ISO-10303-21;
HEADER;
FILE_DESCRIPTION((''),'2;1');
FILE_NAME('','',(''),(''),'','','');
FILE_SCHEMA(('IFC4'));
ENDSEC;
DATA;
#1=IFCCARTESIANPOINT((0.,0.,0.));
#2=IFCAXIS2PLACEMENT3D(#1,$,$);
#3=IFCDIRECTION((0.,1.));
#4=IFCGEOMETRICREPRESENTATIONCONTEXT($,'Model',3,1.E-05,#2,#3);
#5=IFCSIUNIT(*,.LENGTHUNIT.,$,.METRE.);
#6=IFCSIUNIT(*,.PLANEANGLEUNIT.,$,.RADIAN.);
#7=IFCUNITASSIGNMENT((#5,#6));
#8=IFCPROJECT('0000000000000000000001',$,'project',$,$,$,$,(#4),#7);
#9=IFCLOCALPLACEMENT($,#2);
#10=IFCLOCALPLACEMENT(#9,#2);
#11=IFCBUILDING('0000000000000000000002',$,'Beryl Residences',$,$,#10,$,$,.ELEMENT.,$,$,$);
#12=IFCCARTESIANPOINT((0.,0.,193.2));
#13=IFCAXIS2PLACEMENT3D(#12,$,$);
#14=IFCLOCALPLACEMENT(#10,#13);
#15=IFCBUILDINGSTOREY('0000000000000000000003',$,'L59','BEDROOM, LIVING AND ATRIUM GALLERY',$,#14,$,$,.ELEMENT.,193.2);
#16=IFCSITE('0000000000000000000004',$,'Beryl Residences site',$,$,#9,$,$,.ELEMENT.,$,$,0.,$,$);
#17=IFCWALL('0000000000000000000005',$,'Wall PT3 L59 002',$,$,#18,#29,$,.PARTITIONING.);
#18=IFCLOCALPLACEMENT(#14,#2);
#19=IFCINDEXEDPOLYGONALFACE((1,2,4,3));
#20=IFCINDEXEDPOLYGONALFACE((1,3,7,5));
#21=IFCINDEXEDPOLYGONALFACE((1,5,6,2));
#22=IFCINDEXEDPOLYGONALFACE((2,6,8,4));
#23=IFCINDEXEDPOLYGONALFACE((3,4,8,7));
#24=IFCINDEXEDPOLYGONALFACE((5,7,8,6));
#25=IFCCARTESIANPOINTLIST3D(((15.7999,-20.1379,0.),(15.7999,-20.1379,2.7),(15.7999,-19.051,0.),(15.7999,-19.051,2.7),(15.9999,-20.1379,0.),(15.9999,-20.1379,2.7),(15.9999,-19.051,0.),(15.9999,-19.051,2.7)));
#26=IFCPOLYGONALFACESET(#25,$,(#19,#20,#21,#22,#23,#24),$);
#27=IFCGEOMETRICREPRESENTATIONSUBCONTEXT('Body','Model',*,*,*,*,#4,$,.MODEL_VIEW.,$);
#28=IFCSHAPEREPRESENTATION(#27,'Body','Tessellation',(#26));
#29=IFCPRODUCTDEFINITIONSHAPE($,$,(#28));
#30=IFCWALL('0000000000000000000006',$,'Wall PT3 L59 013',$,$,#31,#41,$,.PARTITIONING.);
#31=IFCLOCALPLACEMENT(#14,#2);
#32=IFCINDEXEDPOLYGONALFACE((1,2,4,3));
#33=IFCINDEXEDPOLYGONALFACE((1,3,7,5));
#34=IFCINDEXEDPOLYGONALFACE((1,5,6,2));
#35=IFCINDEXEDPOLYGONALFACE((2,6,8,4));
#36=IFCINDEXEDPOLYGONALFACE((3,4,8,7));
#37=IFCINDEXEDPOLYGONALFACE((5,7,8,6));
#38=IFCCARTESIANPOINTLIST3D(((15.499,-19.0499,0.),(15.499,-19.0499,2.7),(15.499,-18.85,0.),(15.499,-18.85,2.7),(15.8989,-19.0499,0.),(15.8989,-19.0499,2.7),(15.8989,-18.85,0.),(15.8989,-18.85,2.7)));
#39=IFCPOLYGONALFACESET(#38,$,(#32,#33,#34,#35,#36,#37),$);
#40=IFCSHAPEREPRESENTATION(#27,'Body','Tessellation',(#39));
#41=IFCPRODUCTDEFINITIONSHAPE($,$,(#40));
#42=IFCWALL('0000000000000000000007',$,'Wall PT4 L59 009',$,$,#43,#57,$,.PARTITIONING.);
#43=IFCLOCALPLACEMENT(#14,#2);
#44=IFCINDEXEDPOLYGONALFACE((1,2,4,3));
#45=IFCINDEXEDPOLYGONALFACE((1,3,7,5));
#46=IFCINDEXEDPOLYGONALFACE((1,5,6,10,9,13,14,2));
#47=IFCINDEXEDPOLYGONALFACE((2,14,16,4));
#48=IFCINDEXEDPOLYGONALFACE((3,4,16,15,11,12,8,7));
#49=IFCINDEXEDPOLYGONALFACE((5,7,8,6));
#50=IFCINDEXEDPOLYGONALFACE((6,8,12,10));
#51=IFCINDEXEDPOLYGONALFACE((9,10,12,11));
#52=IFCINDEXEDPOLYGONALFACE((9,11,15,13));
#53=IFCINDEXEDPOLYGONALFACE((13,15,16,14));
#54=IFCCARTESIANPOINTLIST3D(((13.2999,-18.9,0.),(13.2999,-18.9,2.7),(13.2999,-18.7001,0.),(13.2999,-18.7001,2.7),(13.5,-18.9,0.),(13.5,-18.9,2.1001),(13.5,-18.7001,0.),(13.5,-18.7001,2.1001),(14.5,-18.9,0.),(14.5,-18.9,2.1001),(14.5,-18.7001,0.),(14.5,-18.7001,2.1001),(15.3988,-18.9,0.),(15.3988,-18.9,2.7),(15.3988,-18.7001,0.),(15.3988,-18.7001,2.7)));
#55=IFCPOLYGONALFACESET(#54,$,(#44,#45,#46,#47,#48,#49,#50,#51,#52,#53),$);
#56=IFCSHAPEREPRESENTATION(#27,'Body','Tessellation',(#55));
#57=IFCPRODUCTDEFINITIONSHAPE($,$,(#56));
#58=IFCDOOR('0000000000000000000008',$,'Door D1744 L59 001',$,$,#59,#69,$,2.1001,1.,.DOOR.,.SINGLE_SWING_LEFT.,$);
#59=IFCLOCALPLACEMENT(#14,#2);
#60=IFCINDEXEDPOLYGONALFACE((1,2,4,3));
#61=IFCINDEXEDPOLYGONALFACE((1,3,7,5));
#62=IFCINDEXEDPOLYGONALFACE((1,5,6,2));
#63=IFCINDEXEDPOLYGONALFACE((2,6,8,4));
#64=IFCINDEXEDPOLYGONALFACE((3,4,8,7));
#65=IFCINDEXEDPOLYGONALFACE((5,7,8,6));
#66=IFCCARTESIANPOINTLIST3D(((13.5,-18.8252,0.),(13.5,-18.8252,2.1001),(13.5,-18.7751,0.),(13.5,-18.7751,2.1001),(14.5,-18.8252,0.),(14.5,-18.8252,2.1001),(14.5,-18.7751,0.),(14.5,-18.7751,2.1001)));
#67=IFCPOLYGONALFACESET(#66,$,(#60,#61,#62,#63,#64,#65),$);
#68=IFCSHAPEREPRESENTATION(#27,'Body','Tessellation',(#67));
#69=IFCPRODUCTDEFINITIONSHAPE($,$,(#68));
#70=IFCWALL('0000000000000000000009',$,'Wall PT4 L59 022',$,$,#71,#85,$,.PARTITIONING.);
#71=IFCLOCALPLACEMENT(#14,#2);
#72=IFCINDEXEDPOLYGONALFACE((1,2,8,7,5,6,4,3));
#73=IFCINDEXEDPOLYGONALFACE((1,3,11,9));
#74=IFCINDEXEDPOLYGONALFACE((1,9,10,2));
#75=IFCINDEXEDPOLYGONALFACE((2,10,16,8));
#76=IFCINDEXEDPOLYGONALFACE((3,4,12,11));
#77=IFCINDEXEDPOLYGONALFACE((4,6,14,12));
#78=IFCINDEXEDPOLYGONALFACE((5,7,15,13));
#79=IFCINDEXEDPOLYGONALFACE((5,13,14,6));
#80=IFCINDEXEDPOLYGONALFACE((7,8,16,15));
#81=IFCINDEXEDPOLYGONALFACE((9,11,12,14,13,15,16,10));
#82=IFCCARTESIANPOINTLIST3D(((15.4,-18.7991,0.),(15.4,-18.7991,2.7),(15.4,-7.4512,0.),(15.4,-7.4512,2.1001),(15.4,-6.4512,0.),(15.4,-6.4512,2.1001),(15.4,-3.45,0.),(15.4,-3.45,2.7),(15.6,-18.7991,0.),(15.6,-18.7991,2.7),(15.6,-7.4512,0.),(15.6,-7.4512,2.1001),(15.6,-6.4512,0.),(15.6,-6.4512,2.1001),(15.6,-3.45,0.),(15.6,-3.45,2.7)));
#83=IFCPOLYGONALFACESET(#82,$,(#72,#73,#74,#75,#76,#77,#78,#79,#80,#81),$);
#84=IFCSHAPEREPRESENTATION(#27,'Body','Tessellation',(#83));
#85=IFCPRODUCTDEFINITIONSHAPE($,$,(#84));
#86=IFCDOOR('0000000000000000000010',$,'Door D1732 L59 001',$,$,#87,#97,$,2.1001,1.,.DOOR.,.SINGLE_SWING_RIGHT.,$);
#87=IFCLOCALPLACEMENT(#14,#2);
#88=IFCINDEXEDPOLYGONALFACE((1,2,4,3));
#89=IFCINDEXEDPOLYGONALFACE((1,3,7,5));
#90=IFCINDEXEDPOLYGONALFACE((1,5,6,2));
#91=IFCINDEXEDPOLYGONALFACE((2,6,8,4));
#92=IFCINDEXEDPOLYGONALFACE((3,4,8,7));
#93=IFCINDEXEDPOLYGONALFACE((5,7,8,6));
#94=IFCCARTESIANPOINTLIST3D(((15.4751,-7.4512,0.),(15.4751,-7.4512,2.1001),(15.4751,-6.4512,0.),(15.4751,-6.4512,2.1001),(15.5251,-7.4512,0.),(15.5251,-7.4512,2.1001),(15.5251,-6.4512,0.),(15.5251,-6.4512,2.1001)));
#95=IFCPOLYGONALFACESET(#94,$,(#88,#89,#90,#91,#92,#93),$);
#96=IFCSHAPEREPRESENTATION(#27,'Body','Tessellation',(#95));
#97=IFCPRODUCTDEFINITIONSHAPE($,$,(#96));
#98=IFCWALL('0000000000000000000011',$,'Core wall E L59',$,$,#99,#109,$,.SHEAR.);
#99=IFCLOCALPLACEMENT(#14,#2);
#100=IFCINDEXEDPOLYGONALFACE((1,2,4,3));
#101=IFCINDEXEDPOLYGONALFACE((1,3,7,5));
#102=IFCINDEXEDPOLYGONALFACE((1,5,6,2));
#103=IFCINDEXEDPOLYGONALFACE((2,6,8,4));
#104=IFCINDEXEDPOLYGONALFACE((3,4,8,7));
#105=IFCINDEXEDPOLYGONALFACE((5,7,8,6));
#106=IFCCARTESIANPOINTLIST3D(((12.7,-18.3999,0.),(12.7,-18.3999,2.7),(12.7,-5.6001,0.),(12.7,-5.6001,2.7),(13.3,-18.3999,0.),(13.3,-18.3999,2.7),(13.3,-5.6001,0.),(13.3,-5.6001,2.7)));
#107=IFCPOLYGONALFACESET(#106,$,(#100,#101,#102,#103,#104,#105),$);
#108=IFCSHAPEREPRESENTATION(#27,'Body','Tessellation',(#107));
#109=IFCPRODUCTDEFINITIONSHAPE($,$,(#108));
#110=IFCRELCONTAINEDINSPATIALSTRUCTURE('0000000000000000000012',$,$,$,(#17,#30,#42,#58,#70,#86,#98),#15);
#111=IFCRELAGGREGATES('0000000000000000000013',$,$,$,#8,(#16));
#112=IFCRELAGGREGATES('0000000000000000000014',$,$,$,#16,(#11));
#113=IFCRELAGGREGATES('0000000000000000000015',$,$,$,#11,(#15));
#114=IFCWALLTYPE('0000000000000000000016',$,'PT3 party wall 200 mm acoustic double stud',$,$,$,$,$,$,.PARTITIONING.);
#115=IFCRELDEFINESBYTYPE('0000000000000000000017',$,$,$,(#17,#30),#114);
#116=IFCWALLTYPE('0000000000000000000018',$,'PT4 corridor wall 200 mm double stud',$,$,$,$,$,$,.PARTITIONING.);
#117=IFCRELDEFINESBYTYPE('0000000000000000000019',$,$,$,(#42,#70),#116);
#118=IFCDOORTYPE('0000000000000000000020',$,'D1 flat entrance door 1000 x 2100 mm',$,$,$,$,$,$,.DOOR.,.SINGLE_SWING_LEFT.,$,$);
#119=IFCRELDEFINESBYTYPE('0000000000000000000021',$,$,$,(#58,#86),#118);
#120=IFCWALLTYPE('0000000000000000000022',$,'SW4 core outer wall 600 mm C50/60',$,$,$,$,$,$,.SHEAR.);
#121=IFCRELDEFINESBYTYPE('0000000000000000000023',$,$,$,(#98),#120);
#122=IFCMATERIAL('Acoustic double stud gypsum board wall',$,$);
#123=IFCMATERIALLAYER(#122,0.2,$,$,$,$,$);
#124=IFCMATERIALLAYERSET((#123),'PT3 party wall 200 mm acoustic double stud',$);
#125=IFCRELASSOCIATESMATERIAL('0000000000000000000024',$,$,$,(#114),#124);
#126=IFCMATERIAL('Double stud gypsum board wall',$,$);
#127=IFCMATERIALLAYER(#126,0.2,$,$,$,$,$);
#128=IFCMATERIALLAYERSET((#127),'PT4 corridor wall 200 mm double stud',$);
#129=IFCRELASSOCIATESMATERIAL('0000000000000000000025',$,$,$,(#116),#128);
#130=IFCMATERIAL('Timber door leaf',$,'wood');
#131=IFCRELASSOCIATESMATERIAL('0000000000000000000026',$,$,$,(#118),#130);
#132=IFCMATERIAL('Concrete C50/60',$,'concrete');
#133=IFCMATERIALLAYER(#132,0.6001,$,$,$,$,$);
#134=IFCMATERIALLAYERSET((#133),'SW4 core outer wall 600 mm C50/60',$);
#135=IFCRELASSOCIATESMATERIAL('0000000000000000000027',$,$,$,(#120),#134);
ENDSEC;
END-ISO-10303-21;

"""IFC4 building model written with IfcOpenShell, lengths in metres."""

from ifc_helpers import new_model, si_unit, direction, frame, frame_2d, origin, place, context, subcontext, project, spatial, rectangle, extrude, material, layer, layer_set, type_object, element, fill, save


model = new_model("IFC4")

# Units and contexts
model_context = context("Model", 3, precision=1e-05, world=origin(), true_north=direction((0.0, 1.0)))
body_context = subcontext(model_context, "Body", "Model", "MODEL_VIEW")
ifc_project = project(units=[si_unit("LENGTHUNIT", "METRE"), si_unit("PLANEANGLEUNIT", "RADIAN")], contexts=[model_context])

# Site, building, storey
site_placement = place(None, origin())
site = spatial("IfcSite", under=ifc_project, at=site_placement, Name="Beryl Residences site", CompositionType="ELEMENT", RefElevation=0.0)
building_placement = place(site_placement, origin())
building = spatial("IfcBuilding", under=site, at=building_placement, Name="Beryl Residences", CompositionType="ELEMENT")
storey_placement = place(building_placement, frame((0.0, 0.0, 193.2)))
storey = spatial("IfcBuildingStorey", under=building, at=storey_placement, Name="L59", Description="BEDROOM, LIVING AND ATRIUM GALLERY", CompositionType="ELEMENT", Elevation=193.2)

# Walls
ifc_material_1 = material(Name="Acoustic double stud gypsum board wall")
ifc_layer_1 = layer(ifc_material_1, 0.2)
ifc_layer_set_1 = layer_set([ifc_layer_1], Name="PT3 party wall 200 mm acoustic double stud")
wall_type_1 = type_object("IfcWallType", Name="PT3 party wall 200 mm acoustic double stud", PredefinedType="PARTITIONING", material=ifc_layer_set_1)
wall_1_placement = place(storey_placement, frame((15.8999, -19.051, 0.0), z_axis=(0.0, 0.0, 1.0), x_axis=(0.0, -1.0, 0.0)))
element("IfcWall", 1, at=wall_1_placement, inside=storey, type_object=wall_type_1, Name="Wall PT3 L59 002", PredefinedType="PARTITIONING", context=body_context, shape_type="SweptSolid", body=[
    extrude(rectangle(XDim=1.0869, YDim=0.2, at=frame_2d((0.5435, 0.0))), origin(), (0.0, 0.0, 1.0), 2.7),
])
wall_2_placement = place(storey_placement, frame((15.499, -18.95, 0.0), z_axis=(0.0, 0.0, 1.0), x_axis=(1.0, 0.0, 0.0)))
element("IfcWall", 2, at=wall_2_placement, inside=storey, type_object=wall_type_1, Name="Wall PT3 L59 013", PredefinedType="PARTITIONING", context=body_context, shape_type="SweptSolid", body=[
    extrude(rectangle(XDim=0.3999, YDim=0.2, at=frame_2d((0.2, 0.0))), origin(), (0.0, 0.0, 1.0), 2.7),
])

# Walls, openings, doors
ifc_material_2 = material(Name="Double stud gypsum board wall")
ifc_layer_2 = layer(ifc_material_2, 0.2)
ifc_layer_set_2 = layer_set([ifc_layer_2], Name="PT4 corridor wall 200 mm double stud")
wall_type_2 = type_object("IfcWallType", Name="PT4 corridor wall 200 mm double stud", PredefinedType="PARTITIONING", material=ifc_layer_set_2)
wall_3_placement = place(storey_placement, frame((13.3, -18.8, 0.0), z_axis=(0.0, 0.0, 1.0), x_axis=(1.0, 0.0, 0.0)))
wall_3 = element("IfcWall", 3, at=wall_3_placement, inside=storey, type_object=wall_type_2, Name="Wall PT4 L59 009", PredefinedType="PARTITIONING", context=body_context, shape_type="SweptSolid", body=[
    extrude(rectangle(XDim=2.0989, YDim=0.2, at=frame_2d((1.0493, 0.0))), origin(), (0.0, 0.0, 1.0), 2.7),
])
opening_1_placement = place(wall_3_placement, frame((0.2, 0.0, 0.0)))
opening_1 = element("IfcOpeningElement", 4, at=opening_1_placement, cuts=wall_3, PredefinedType="OPENING", context=body_context, shape_type="SweptSolid", body=[
    extrude(rectangle(XDim=1.0, YDim=2.1001, at=frame_2d((0.5, 1.05))), frame((0.0, 0.1099, 0.0), z_axis=(0.0, -1.0, 0.0), x_axis=(1.0, 0.0, 0.0)), (0.0, 0.0, 1.0), 0.22),
])
ifc_material_3 = material(Name="Timber door leaf", Category="wood")
door_type = type_object("IfcDoorType", Name="D1 flat entrance door 1000 x 2100 mm", OperationType="SINGLE_SWING_LEFT", PredefinedType="DOOR", material=ifc_material_3)
door_1_placement = place(opening_1_placement, origin())
door_1 = element("IfcDoor", 5, at=door_1_placement, inside=storey, type_object=door_type, Name="Door D1744 L59 001", OperationType="SINGLE_SWING_LEFT", OverallHeight=2.1001, OverallWidth=1.0, PredefinedType="DOOR", context=body_context, shape_type="SweptSolid", body=[
    extrude(rectangle(XDim=1.0, YDim=2.1001, at=frame_2d((0.5, 1.05))), frame((0.0, 0.0249, 0.0), z_axis=(0.0, -1.0, 0.0), x_axis=(1.0, 0.0, 0.0)), (0.0, 0.0, 1.0), 0.05),
])
fill(opening_1, door_1)
wall_4_placement = place(storey_placement, frame((15.5, -18.7991, 0.0), z_axis=(0.0, 0.0, 1.0), x_axis=(0.0, 1.0, 0.0)))
wall_4 = element("IfcWall", 6, at=wall_4_placement, inside=storey, type_object=wall_type_2, Name="Wall PT4 L59 022", PredefinedType="PARTITIONING", context=body_context, shape_type="SweptSolid", body=[
    extrude(rectangle(XDim=15.3491, YDim=0.2, at=frame_2d((7.6746, 0.0))), origin(), (0.0, 0.0, 1.0), 2.7),
])
opening_2_placement = place(wall_4_placement, frame((11.3479, 0.0, 0.0)))
opening_2 = element("IfcOpeningElement", 7, at=opening_2_placement, cuts=wall_4, PredefinedType="OPENING", context=body_context, shape_type="SweptSolid", body=[
    extrude(rectangle(XDim=1.0, YDim=2.1001, at=frame_2d((0.5, 1.05))), frame((0.0, 0.1099, 0.0), z_axis=(0.0, -1.0, 0.0), x_axis=(1.0, 0.0, 0.0)), (0.0, 0.0, 1.0), 0.22),
])
door_2_placement = place(opening_2_placement, origin())
door_2 = element("IfcDoor", 8, at=door_2_placement, inside=storey, type_object=door_type, Name="Door D1732 L59 001", OperationType="SINGLE_SWING_RIGHT", OverallHeight=2.1001, OverallWidth=1.0, PredefinedType="DOOR", context=body_context, shape_type="SweptSolid", body=[
    extrude(rectangle(XDim=1.0, YDim=2.1001, at=frame_2d((0.5, 1.05))), frame((0.0, 0.0249, 0.0), z_axis=(0.0, -1.0, 0.0), x_axis=(1.0, 0.0, 0.0)), (0.0, 0.0, 1.0), 0.05),
])
fill(opening_2, door_2)

# Wall
ifc_material_4 = material(Name="Concrete C50/60", Category="concrete")
ifc_layer_3 = layer(ifc_material_4, 0.6001)
ifc_layer_set_3 = layer_set([ifc_layer_3], Name="SW4 core outer wall 600 mm C50/60")
wall_type_3 = type_object("IfcWallType", Name="SW4 core outer wall 600 mm C50/60", PredefinedType="SHEAR", material=ifc_layer_set_3)
wall_5_placement = place(storey_placement, frame((13.0, -18.3999, 0.0), z_axis=(0.0, 0.0, 1.0), x_axis=(0.0, 1.0, 0.0)))
element("IfcWall", 9, at=wall_5_placement, inside=storey, type_object=wall_type_3, Name="Core wall E L59", PredefinedType="SHEAR", context=body_context, shape_type="SweptSolid", body=[
    extrude(rectangle(XDim=12.7998, YDim=0.6001, at=frame_2d((6.3999, 0.0))), origin(), (0.0, 0.0, 1.0), 2.7),
])

save(model, "model.ifc")
